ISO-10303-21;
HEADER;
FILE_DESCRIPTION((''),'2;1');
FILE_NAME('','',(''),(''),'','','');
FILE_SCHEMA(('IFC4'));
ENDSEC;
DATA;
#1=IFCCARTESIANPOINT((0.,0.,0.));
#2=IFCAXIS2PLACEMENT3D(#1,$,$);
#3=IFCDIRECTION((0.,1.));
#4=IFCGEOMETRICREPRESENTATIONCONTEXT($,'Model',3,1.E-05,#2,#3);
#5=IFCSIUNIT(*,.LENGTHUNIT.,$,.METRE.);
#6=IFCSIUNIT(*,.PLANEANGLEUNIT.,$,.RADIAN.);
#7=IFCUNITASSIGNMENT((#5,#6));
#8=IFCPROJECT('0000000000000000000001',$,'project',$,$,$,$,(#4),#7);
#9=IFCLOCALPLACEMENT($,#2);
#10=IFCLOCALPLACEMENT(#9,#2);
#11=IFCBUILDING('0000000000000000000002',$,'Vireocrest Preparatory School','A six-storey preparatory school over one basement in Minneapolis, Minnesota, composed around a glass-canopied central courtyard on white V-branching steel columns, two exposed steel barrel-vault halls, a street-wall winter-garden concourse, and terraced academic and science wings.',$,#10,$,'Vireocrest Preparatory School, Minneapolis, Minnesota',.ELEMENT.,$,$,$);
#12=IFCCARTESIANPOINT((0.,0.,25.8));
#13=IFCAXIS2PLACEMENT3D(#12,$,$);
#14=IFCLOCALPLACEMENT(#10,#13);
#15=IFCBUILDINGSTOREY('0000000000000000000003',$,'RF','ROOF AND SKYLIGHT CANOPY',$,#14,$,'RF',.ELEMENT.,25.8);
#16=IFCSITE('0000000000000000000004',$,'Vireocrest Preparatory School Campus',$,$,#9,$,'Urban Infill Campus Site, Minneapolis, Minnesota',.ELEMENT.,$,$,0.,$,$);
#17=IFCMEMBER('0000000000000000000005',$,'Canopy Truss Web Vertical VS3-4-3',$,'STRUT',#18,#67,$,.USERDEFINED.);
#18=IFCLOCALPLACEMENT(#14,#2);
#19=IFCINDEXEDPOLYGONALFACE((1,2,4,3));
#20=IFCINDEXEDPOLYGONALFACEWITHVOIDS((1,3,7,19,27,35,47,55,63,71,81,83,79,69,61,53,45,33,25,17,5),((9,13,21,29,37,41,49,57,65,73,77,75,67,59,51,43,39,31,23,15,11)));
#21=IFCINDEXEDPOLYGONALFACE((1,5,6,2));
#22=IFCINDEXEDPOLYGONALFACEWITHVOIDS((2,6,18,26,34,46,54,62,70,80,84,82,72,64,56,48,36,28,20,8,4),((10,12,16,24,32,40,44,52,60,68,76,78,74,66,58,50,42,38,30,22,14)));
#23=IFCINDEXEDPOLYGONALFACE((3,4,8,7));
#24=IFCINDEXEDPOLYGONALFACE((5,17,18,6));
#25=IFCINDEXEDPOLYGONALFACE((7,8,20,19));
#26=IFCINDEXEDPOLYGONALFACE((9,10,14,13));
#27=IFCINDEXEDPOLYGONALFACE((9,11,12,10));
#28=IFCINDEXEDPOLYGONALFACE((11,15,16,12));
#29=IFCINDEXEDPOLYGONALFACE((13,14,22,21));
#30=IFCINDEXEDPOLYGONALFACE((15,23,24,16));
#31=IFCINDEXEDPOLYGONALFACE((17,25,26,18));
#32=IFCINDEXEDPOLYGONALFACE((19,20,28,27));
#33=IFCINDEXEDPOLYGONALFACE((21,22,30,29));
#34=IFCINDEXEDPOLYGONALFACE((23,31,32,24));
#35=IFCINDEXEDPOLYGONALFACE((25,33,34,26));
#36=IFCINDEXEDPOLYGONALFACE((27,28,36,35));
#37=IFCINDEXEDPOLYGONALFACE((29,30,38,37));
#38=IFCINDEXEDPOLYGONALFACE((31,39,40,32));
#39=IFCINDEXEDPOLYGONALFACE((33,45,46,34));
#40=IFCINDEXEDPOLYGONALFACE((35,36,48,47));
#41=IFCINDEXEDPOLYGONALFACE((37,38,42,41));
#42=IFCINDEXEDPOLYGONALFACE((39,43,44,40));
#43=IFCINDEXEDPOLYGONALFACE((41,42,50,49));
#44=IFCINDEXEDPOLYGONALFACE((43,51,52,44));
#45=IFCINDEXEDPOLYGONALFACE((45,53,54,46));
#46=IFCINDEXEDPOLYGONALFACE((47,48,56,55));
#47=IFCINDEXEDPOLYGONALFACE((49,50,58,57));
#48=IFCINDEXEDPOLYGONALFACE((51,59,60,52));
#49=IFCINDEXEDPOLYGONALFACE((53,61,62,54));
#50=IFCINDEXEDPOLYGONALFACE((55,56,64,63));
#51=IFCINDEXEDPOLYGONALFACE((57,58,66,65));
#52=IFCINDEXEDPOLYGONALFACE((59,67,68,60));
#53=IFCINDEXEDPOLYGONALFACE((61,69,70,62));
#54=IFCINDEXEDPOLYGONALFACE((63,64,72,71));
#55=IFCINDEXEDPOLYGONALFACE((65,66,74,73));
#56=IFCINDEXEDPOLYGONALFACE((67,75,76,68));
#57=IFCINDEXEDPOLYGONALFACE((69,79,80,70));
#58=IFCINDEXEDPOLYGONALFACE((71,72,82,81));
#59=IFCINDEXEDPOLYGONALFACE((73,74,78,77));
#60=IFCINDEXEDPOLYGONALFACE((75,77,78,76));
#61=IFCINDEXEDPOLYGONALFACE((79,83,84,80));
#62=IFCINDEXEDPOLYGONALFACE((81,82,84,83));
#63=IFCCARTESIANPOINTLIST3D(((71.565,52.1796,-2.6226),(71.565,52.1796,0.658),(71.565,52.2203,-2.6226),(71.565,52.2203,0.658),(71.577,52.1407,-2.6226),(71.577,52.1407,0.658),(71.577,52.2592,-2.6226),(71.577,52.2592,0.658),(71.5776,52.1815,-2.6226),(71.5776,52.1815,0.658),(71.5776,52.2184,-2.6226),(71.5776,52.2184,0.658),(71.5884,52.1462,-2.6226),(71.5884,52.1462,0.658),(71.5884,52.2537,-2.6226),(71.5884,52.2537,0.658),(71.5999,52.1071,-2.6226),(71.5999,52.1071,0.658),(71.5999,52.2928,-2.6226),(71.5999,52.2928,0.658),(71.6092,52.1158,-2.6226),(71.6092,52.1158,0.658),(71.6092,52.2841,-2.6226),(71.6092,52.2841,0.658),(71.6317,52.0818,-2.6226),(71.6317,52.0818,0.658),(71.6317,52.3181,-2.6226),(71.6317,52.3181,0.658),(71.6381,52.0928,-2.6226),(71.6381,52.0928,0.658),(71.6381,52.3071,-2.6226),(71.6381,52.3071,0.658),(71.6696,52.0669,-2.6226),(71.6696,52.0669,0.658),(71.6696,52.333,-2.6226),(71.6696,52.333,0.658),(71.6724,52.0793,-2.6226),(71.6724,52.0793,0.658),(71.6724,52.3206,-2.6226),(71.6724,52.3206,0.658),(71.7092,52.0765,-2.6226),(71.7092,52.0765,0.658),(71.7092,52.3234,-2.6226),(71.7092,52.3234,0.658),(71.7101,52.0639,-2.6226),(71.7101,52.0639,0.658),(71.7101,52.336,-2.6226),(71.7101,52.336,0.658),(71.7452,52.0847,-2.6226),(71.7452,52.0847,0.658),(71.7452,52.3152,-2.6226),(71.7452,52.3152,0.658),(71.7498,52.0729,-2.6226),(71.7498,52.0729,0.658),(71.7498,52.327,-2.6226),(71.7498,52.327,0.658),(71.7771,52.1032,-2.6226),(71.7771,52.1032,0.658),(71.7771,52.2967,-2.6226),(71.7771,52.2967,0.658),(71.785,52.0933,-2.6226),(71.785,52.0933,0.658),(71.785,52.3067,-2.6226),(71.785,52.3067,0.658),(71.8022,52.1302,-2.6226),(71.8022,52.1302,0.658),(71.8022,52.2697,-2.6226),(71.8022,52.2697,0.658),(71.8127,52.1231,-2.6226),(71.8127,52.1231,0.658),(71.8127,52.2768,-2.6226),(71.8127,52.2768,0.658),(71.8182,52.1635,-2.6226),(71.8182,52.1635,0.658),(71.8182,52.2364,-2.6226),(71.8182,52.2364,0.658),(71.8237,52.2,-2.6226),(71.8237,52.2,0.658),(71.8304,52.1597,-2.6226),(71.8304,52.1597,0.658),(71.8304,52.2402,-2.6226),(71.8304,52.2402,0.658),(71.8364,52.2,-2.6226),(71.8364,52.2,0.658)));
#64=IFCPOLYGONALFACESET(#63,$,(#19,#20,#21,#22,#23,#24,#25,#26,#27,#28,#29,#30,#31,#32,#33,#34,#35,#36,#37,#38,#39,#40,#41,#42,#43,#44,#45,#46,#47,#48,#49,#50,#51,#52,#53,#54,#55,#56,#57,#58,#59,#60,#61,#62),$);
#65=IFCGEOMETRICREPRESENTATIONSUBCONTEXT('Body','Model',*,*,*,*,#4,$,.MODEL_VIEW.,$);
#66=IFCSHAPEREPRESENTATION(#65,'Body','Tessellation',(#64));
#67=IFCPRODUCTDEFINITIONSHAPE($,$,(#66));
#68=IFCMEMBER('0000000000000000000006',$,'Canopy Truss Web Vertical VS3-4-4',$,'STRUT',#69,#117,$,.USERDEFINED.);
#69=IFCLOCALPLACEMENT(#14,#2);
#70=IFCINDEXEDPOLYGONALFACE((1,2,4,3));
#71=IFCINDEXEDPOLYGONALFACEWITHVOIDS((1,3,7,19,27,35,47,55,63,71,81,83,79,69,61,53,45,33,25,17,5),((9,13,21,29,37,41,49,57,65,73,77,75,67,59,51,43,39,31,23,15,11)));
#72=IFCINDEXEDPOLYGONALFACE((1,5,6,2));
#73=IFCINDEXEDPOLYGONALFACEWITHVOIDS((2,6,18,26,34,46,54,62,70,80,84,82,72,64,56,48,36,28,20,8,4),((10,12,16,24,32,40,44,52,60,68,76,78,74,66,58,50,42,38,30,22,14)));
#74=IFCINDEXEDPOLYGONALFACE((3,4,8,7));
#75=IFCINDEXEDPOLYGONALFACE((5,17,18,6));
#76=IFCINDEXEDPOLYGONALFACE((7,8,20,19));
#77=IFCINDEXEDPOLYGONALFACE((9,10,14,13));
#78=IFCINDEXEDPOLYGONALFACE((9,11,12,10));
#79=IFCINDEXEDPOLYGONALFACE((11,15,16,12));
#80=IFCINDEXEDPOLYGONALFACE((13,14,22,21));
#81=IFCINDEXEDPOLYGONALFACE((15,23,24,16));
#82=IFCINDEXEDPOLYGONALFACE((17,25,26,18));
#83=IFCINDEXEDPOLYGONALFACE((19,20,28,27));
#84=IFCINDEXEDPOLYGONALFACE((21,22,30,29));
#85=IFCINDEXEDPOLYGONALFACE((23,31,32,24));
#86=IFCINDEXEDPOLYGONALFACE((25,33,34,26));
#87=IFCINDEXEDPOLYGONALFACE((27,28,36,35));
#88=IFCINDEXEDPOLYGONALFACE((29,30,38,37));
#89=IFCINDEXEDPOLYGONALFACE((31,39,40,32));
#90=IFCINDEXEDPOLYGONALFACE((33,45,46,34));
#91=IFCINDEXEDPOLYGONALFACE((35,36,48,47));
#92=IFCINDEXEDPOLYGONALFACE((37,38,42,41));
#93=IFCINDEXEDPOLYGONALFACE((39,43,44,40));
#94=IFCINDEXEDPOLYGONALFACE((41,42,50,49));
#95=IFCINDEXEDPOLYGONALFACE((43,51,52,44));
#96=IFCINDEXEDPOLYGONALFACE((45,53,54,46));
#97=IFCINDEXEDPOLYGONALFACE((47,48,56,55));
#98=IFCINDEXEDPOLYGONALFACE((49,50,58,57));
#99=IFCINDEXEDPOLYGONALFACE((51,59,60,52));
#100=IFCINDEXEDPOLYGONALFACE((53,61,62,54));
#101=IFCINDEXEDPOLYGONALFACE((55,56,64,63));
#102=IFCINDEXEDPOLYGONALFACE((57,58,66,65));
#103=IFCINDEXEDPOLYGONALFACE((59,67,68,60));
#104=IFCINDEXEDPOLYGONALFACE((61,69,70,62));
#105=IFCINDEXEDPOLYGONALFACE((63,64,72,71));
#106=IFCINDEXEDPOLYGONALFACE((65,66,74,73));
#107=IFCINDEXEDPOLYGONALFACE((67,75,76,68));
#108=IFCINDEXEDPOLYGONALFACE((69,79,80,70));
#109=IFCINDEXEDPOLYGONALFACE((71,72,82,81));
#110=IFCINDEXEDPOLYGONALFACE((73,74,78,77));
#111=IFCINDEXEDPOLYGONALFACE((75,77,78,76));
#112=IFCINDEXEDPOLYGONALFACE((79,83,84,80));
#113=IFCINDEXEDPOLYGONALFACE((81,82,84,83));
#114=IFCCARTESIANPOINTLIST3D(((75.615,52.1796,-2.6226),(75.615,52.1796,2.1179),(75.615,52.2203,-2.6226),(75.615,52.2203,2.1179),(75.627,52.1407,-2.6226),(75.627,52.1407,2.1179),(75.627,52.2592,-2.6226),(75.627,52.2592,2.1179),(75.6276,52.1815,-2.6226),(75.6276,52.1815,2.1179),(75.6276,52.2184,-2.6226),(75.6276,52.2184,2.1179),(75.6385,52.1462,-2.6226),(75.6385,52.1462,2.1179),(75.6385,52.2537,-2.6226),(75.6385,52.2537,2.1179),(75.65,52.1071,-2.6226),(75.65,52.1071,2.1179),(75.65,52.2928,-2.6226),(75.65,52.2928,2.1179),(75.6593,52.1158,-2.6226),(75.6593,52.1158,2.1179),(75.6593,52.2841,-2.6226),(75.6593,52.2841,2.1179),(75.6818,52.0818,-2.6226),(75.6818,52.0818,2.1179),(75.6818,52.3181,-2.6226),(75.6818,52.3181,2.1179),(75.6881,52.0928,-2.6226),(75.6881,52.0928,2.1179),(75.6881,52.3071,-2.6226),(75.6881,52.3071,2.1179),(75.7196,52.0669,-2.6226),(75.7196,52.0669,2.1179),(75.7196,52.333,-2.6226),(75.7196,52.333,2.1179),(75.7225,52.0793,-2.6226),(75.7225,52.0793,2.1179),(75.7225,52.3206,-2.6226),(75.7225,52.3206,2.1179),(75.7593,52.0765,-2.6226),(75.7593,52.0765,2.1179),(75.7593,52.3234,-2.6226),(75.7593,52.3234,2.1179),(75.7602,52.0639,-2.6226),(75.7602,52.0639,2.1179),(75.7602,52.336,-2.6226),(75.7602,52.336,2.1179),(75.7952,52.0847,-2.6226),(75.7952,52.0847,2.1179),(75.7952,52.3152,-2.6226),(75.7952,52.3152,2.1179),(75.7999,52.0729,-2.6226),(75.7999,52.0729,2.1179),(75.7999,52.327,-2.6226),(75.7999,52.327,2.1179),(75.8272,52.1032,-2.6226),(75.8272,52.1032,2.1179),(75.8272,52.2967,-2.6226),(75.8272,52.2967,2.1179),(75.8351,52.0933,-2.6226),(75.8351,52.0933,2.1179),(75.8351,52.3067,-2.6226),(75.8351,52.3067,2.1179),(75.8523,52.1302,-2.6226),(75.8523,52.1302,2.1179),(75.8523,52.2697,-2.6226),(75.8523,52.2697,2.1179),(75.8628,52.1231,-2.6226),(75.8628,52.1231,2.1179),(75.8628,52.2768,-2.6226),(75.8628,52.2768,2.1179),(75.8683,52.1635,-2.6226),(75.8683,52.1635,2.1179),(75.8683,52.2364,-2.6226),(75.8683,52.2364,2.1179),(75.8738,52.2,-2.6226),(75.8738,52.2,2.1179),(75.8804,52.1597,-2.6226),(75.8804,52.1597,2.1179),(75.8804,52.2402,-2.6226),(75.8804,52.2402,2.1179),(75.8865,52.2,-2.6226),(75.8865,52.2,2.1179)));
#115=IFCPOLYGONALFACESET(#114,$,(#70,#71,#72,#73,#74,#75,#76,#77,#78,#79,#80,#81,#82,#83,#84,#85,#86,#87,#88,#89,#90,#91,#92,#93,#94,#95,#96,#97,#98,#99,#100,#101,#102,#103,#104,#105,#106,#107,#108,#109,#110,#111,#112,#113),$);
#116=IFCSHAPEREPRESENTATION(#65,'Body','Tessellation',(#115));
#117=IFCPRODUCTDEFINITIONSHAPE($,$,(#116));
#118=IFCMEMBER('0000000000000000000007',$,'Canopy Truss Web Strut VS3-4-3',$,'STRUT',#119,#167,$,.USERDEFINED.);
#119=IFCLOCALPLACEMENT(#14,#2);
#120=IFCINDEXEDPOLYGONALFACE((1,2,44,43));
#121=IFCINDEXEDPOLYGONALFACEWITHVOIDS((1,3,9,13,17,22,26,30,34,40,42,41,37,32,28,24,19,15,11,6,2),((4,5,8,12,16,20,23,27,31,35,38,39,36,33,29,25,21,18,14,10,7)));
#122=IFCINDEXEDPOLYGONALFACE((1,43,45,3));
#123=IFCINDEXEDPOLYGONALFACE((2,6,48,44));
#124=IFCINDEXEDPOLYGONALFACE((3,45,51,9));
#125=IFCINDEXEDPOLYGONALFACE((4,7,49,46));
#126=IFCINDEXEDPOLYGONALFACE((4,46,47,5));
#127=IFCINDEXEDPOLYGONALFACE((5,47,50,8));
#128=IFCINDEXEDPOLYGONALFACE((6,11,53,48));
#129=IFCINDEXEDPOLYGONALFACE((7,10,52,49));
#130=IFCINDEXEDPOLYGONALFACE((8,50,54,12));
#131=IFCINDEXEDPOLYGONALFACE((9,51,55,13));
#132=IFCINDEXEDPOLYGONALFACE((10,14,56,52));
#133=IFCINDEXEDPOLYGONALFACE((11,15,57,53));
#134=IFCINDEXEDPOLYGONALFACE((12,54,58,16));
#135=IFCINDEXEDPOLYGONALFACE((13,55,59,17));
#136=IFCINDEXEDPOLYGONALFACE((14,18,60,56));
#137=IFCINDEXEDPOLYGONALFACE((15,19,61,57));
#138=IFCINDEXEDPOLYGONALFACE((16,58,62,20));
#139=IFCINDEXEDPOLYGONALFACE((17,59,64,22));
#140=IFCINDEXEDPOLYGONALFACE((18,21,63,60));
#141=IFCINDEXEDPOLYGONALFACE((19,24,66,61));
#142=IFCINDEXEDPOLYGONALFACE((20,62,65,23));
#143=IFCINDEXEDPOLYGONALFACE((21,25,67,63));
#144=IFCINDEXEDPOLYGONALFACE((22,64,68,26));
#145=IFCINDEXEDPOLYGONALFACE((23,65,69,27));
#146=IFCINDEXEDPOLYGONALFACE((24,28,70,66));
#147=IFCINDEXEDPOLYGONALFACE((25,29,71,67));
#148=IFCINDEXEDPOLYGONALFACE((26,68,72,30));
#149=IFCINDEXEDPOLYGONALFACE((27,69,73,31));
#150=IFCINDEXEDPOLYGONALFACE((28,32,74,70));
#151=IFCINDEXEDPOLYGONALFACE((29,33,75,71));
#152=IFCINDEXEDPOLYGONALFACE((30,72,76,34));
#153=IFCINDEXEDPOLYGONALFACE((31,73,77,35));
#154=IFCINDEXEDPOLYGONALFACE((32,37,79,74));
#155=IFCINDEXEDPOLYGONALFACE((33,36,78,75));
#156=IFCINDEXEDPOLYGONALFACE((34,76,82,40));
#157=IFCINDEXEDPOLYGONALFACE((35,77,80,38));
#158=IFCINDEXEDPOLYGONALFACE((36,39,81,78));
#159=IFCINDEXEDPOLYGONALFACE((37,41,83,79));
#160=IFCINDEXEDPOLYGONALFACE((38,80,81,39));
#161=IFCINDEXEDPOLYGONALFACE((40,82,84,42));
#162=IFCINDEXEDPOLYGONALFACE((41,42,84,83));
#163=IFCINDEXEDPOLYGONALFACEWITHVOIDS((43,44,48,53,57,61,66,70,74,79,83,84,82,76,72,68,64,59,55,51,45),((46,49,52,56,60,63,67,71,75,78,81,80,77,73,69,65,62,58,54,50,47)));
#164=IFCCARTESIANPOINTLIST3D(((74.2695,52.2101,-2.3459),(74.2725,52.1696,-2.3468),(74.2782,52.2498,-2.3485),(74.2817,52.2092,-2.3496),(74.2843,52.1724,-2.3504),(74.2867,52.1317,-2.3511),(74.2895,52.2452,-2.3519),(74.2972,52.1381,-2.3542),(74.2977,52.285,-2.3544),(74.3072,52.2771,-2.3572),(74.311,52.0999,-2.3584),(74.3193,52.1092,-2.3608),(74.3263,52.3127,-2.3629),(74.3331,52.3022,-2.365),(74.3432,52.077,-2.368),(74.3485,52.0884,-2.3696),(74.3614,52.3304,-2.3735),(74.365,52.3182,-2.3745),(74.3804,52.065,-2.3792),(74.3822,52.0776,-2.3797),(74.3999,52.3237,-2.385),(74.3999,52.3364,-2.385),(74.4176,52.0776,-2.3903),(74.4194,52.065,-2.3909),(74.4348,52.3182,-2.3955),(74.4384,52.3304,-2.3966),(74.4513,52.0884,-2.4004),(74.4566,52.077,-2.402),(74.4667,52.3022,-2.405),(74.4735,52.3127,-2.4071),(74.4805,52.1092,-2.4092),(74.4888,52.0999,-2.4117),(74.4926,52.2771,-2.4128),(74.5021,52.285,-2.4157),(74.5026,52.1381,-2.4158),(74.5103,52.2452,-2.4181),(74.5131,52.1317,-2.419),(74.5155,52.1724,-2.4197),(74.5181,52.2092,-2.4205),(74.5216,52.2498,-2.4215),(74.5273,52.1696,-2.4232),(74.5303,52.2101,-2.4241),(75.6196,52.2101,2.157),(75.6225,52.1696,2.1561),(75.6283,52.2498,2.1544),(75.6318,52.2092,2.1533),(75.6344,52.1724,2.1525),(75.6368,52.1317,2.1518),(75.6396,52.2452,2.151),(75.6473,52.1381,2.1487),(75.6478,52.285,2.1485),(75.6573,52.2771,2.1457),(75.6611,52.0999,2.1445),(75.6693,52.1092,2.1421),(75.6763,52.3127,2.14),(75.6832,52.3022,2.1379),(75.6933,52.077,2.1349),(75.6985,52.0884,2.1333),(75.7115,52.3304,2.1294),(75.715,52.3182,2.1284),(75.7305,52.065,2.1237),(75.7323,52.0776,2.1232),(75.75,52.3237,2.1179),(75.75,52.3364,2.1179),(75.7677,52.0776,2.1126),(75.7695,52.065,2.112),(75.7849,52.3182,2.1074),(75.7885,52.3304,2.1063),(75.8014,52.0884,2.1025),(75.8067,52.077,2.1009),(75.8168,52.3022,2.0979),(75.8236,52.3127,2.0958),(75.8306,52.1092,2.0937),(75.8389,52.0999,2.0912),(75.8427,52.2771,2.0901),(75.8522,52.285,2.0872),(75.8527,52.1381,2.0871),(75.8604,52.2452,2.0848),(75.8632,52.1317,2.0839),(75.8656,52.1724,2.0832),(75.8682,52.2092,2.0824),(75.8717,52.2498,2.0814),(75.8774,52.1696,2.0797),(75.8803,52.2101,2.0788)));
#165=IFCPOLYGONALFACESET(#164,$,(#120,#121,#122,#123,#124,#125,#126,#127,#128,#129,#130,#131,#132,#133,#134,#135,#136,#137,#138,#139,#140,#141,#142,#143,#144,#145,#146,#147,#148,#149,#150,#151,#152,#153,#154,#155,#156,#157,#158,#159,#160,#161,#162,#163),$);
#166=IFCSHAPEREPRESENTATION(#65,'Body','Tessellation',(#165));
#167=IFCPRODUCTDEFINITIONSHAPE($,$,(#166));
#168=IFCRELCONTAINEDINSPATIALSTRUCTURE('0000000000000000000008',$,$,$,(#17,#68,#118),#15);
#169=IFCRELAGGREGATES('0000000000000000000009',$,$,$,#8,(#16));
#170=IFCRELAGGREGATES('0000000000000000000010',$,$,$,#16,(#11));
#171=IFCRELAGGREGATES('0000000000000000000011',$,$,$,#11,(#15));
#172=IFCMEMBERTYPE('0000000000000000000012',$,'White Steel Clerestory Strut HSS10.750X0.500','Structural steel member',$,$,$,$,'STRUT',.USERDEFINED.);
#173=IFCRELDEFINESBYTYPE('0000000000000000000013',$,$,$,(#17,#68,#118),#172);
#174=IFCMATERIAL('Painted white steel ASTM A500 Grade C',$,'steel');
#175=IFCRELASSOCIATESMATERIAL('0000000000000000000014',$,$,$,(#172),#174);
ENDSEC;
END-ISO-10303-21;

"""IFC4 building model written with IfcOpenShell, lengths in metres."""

from ifc_helpers import new_model, si_unit, direction, frame, origin, origin_2d, place, context, subcontext, project, spatial, hollow_circle, extrude, material, material_profile, profile_set, type_object, element, save


model = new_model("IFC4")

# Units and contexts
model_context = context("Model", 3, precision=1e-05, world=origin(), true_north=direction((0.0, 1.0)))
body_context = subcontext(model_context, "Body", "Model", "MODEL_VIEW")
ifc_project = project(units=[si_unit("LENGTHUNIT", "METRE"), si_unit("PLANEANGLEUNIT", "RADIAN")], contexts=[model_context])

# Site, building, storey
site_placement = place(None, origin())
site = spatial("IfcSite", under=ifc_project, at=site_placement, Name="Vireocrest Preparatory School Campus", LongName="Urban Infill Campus Site, Minneapolis, Minnesota", CompositionType="ELEMENT", RefElevation=0.0)
building_placement = place(site_placement, origin())
building = spatial("IfcBuilding", under=site, at=building_placement, Name="Vireocrest Preparatory School", Description="A six-storey preparatory school over one basement in Minneapolis, Minnesota, composed around a glass-canopied central courtyard on white V-branching steel columns, two exposed steel barrel-vault halls, a street-wall winter-garden concourse, and terraced academic and science wings.", LongName="Vireocrest Preparatory School, Minneapolis, Minnesota", CompositionType="ELEMENT")
storey_placement = place(building_placement, frame((0.0, 0.0, 25.8)))
storey = spatial("IfcBuildingStorey", under=building, at=storey_placement, Name="RF", Description="ROOF AND SKYLIGHT CANOPY", LongName="RF", CompositionType="ELEMENT", Elevation=25.8)

# Shared definitions
ifc_material_1 = material(Name="Painted white steel ASTM A500 Grade C", Category="steel")

# Members
ifc_material_profile_1 = material_profile(ifc_material_1, hollow_circle(Radius=0.1365, WallThickness=0.0127, at=origin_2d()), Name="HSS10.750X0.500")
ifc_profile_set_1 = profile_set([ifc_material_profile_1], Name="Painted white steel ASTM A500 Grade C")
member_type_1 = type_object("IfcMemberType", Name="White Steel Clerestory Strut HSS10.750X0.500", Description="Structural steel member", ElementType="STRUT", PredefinedType="USERDEFINED", material=ifc_profile_set_1)
member_1_placement = place(storey_placement, frame((71.7, 52.2, -2.6226), z_axis=(0.0, 0.0, 1.0), x_axis=(1.0, 0.0, 0.0)))
element("IfcMember", 1, at=member_1_placement, inside=storey, type_object=member_type_1, Name="Canopy Truss Web Vertical VS3-4-3", ObjectType="STRUT", PredefinedType="USERDEFINED", context=body_context, shape_type="SweptSolid", body=[
    extrude(hollow_circle(Radius=0.1365, WallThickness=0.0127, at=origin_2d()), origin(), (0.0, 0.0, 1.0), 3.2805),
])
member_2_placement = place(storey_placement, frame((75.75, 52.2, -2.6226), z_axis=(0.0, 0.0, 1.0), x_axis=(1.0, 0.0, 0.0)))
element("IfcMember", 2, at=member_2_placement, inside=storey, type_object=member_type_1, Name="Canopy Truss Web Vertical VS3-4-4", ObjectType="STRUT", PredefinedType="USERDEFINED", context=body_context, shape_type="SweptSolid", body=[
    extrude(hollow_circle(Radius=0.1365, WallThickness=0.0127, at=origin_2d()), origin(), (0.0, 0.0, 1.0), 4.7405),
])
member_3_placement = place(storey_placement, frame((74.3999, 52.2, -2.385), z_axis=(0.287195, 0.0, 0.957872), x_axis=(0.0, 1.0, 0.0)))
element("IfcMember", 3, at=member_3_placement, inside=storey, type_object=member_type_1, Name="Canopy Truss Web Strut VS3-4-3", ObjectType="STRUT", PredefinedType="USERDEFINED", context=body_context, shape_type="SweptSolid", body=[
    extrude(hollow_circle(Radius=0.1365, WallThickness=0.0127, at=origin_2d()), origin(), (0.0, 0.0, 1.0), 4.7009),
])

save(model, "model.ifc")
